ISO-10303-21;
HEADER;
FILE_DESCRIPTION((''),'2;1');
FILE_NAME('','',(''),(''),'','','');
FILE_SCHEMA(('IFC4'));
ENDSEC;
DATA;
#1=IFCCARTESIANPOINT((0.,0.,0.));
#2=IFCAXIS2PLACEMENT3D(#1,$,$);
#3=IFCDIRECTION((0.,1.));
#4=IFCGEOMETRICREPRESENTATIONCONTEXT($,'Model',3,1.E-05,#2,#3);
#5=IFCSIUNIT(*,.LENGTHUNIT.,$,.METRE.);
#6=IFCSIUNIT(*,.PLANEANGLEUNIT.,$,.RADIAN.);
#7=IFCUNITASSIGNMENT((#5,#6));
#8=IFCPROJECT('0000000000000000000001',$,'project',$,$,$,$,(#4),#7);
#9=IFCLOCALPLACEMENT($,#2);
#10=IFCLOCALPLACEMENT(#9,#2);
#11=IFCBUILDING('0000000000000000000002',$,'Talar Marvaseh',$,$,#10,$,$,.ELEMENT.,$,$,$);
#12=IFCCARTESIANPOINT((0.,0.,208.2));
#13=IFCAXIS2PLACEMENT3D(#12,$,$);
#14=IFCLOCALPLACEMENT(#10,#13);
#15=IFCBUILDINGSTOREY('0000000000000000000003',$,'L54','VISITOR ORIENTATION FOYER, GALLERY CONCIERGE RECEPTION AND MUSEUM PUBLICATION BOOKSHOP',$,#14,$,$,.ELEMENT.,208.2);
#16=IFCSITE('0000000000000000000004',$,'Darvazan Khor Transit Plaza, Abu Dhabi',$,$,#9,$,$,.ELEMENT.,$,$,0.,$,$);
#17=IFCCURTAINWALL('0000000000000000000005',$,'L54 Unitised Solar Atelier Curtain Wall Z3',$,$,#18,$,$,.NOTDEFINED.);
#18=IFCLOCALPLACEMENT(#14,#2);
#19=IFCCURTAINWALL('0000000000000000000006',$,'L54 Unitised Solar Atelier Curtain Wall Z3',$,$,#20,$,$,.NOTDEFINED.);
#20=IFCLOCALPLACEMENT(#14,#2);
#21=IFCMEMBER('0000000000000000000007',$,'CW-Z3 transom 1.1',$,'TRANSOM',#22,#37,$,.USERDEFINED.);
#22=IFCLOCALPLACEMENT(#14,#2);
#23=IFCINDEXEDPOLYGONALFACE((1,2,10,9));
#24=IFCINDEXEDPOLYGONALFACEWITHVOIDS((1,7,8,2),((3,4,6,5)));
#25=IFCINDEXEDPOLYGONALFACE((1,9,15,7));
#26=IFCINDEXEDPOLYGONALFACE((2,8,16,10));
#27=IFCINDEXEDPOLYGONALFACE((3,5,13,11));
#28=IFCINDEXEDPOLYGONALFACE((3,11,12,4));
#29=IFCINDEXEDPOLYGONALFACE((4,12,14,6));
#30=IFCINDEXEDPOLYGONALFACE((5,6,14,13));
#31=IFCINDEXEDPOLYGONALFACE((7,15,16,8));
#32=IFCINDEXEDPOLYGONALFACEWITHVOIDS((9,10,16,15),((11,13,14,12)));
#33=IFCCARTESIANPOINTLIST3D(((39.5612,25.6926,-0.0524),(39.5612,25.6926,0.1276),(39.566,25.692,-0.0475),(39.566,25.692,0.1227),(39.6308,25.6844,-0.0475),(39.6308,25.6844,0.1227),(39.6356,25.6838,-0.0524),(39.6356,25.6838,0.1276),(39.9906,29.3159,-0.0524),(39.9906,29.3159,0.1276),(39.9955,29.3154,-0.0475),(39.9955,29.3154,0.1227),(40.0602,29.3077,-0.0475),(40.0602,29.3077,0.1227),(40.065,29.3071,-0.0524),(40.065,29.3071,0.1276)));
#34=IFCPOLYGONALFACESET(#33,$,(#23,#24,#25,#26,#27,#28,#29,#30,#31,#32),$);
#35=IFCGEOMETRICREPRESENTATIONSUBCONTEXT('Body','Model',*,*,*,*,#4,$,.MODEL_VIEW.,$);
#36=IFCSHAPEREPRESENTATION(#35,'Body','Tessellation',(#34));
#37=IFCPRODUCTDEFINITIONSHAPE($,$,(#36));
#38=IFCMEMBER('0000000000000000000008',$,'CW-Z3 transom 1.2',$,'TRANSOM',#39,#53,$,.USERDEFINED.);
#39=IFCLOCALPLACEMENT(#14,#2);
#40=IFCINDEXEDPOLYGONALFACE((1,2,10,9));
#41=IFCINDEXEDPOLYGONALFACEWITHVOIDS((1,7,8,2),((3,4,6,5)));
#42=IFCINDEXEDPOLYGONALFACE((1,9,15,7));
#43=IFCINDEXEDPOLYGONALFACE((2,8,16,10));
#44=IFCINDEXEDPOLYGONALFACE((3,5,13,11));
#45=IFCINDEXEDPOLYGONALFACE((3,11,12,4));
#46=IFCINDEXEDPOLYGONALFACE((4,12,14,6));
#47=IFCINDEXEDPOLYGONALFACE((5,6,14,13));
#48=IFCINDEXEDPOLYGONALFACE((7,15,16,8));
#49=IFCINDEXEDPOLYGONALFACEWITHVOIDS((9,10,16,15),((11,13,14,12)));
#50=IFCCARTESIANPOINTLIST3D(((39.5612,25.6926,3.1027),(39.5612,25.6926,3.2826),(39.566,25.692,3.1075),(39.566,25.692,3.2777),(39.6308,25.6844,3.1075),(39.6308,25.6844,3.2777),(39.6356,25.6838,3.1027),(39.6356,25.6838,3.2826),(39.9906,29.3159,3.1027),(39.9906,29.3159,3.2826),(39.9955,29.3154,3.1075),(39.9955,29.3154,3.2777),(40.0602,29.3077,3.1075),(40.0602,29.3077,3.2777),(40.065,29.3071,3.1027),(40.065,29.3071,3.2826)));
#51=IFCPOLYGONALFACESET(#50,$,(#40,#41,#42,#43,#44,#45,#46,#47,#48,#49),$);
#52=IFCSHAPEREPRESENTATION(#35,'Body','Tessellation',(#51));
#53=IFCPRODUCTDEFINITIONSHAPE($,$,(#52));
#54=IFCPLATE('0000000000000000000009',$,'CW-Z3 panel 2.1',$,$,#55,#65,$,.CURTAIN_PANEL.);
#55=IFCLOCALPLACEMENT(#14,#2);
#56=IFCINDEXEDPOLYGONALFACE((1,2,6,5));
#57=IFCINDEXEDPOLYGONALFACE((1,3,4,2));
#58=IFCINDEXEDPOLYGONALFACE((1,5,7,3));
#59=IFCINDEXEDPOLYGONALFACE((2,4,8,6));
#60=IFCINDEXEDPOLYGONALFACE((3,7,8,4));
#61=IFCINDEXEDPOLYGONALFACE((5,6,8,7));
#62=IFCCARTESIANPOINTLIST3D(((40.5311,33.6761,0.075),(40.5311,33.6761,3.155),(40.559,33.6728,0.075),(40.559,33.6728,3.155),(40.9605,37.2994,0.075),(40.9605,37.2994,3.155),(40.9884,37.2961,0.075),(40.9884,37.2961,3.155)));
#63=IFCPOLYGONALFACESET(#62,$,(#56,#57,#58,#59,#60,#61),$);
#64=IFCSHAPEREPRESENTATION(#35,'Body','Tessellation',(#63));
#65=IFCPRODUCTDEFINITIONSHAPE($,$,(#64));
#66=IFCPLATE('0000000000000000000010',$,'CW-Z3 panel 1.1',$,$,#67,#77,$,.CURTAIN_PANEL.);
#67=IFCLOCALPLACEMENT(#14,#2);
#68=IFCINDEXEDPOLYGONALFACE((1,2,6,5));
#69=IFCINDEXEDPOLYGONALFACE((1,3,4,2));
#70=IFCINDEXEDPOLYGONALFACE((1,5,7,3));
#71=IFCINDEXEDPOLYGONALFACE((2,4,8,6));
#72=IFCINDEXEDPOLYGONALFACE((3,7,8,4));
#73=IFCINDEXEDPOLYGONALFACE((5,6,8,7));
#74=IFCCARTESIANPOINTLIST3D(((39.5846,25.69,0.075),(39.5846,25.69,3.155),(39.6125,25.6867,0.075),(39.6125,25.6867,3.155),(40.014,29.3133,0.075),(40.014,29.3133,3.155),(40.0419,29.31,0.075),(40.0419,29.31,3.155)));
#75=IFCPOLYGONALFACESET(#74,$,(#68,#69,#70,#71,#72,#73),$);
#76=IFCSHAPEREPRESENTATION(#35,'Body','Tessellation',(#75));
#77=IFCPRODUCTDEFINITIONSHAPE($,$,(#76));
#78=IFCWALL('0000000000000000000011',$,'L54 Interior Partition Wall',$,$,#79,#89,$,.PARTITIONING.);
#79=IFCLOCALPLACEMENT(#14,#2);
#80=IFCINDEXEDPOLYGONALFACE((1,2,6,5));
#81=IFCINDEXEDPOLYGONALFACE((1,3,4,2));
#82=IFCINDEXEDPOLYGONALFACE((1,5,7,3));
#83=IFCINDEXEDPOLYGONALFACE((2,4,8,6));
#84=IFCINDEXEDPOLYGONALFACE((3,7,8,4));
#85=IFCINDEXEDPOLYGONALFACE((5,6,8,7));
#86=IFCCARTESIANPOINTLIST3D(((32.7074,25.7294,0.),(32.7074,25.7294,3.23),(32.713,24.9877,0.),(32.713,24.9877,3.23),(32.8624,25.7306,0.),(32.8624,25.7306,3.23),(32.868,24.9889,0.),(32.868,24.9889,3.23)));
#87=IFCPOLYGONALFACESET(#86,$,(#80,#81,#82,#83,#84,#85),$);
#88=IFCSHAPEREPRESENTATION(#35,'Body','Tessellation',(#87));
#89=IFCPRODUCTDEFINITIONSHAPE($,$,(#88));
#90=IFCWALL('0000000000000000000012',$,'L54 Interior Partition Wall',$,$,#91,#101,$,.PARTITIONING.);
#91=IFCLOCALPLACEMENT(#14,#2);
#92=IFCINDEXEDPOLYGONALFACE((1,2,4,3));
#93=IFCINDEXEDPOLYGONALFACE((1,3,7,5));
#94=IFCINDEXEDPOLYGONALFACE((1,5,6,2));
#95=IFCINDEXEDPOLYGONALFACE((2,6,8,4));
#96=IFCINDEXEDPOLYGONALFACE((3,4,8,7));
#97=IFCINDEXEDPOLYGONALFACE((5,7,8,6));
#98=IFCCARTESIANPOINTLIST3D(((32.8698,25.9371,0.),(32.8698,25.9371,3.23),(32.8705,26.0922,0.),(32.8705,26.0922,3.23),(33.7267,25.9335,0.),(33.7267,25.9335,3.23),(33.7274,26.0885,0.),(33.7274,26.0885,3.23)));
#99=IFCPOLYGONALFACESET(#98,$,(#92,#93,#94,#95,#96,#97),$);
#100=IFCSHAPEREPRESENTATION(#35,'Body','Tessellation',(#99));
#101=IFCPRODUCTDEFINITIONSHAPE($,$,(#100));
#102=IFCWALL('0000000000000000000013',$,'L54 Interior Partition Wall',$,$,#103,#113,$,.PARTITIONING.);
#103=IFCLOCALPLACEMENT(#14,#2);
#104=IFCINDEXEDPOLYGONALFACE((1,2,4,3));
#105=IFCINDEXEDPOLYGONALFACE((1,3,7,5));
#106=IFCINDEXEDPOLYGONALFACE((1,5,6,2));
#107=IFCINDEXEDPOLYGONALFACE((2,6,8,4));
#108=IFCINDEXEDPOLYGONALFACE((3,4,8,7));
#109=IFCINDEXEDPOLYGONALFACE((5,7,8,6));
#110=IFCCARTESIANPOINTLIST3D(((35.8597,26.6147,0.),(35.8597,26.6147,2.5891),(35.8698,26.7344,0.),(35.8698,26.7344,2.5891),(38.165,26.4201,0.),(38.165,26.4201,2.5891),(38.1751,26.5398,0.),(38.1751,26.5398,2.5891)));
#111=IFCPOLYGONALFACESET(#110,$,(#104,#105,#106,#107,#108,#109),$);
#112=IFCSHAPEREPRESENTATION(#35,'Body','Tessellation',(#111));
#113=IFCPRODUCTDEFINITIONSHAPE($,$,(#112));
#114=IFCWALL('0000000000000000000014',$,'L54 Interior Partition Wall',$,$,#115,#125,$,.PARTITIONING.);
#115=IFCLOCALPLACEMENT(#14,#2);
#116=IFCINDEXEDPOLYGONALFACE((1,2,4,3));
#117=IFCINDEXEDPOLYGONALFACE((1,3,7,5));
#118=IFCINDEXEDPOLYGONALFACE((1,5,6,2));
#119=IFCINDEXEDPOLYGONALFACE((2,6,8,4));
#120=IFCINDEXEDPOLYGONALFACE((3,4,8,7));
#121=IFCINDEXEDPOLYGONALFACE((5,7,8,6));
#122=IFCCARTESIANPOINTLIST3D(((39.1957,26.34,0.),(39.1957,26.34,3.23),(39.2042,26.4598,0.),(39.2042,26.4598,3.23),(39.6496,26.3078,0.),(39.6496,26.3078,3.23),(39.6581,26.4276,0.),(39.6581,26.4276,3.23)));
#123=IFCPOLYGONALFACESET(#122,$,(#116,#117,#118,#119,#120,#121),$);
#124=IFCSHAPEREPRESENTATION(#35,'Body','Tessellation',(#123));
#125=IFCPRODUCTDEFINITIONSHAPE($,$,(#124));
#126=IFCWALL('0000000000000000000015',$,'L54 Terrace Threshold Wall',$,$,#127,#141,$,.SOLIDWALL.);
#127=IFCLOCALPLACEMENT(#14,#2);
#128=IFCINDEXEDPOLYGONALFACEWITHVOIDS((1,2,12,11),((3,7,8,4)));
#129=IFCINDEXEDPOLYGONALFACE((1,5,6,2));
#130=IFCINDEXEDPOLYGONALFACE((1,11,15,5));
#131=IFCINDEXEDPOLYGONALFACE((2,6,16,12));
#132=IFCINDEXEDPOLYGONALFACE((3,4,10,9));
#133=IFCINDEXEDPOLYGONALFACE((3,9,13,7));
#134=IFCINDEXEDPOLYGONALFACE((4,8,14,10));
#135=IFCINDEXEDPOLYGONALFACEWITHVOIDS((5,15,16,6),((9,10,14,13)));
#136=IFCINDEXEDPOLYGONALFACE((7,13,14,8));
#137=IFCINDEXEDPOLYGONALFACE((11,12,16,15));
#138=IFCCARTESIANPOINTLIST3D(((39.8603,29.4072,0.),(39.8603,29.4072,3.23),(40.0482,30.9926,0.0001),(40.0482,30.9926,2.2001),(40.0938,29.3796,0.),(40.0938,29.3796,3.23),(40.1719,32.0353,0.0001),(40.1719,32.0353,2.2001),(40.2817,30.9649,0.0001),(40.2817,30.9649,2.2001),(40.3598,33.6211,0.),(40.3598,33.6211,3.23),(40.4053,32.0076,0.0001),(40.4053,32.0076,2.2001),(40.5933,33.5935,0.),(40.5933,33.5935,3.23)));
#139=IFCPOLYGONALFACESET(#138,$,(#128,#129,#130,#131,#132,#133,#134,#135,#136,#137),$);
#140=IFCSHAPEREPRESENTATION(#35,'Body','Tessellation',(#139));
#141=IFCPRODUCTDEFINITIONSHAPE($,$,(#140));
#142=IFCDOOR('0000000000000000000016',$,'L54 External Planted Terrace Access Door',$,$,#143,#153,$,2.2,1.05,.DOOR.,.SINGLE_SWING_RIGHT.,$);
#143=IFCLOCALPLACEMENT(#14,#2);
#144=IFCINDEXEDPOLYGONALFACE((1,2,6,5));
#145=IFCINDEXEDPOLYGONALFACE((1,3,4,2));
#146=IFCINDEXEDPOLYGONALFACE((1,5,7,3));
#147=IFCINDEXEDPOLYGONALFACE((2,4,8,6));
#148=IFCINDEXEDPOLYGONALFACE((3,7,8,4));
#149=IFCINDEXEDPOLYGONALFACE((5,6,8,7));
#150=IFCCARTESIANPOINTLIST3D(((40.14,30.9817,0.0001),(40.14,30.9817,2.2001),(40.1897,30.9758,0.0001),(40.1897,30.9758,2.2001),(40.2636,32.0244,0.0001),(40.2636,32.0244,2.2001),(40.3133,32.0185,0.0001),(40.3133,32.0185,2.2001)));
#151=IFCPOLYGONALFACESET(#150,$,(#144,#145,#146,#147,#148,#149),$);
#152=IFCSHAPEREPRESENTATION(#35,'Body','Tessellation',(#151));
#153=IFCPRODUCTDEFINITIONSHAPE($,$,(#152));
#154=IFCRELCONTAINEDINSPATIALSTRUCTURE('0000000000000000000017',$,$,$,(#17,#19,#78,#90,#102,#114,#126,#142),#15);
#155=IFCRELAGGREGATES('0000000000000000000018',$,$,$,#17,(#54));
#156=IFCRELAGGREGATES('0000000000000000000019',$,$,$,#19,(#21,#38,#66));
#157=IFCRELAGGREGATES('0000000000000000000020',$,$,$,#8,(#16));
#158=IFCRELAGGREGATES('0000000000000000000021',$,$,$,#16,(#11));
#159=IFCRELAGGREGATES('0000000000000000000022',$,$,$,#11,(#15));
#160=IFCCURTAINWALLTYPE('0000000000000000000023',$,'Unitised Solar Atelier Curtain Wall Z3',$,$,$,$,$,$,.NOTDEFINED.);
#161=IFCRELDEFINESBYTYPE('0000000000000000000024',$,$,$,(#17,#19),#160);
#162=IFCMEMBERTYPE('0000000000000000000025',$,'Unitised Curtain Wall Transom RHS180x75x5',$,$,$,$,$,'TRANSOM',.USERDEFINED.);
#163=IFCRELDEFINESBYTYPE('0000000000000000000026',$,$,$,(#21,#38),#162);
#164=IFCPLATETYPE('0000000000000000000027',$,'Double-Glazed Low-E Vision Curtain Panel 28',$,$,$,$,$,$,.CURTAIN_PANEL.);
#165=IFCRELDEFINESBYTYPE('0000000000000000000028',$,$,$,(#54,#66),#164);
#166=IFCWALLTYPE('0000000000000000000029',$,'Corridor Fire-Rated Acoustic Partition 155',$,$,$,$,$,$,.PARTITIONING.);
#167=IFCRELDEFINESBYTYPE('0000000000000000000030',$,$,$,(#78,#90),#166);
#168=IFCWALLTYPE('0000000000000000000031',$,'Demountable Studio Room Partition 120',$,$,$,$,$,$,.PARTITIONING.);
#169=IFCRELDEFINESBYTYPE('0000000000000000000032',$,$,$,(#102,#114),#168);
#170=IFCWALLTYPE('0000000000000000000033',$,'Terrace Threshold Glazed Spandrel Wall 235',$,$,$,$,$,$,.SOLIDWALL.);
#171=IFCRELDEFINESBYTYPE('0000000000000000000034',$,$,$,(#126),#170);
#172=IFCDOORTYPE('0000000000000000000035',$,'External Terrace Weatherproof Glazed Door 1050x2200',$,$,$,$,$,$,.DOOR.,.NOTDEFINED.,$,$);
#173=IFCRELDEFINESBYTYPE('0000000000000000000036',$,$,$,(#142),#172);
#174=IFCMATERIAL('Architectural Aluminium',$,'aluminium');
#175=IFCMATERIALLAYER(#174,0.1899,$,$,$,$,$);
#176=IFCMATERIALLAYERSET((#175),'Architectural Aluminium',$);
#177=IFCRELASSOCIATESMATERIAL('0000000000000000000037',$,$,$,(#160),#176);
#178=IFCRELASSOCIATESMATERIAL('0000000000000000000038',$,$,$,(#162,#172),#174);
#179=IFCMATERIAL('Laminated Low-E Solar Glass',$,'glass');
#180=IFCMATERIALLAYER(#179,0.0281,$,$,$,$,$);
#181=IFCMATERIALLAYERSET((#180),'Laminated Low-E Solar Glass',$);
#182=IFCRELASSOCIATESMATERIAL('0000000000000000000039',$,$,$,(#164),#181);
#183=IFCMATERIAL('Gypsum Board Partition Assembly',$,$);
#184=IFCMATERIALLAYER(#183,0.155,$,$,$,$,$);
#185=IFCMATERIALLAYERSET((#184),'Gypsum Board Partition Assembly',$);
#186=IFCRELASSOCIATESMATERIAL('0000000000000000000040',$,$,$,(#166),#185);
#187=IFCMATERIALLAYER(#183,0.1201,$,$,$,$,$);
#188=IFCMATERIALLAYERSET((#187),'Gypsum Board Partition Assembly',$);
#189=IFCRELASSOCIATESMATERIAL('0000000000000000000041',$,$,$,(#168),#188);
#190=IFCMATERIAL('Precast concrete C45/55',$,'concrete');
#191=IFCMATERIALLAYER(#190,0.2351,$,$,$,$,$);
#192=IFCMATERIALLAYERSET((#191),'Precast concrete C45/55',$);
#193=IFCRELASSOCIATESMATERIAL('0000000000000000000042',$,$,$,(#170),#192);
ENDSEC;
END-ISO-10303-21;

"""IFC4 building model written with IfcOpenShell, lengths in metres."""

from ifc_helpers import new_model, si_unit, direction, frame, frame_2d, origin, origin_2d, place, context, subcontext, project, spatial, rectangle, hollow_rectangle, extrude, source, transform, mapped, material, layer, layer_set, material_profile, profile_set, type_object, type_shapes, element, fill, aggregate, save


model = new_model("IFC4")

# Units and contexts
model_context = context("Model", 3, precision=1e-05, world=origin(), true_north=direction((0.0, 1.0)))
body_context = subcontext(model_context, "Body", "Model", "MODEL_VIEW")
ifc_project = project(units=[si_unit("LENGTHUNIT", "METRE"), si_unit("PLANEANGLEUNIT", "RADIAN")], contexts=[model_context])

# Site, building, storey
site_placement = place(None, origin())
site = spatial("IfcSite", under=ifc_project, at=site_placement, Name="Darvazan Khor Transit Plaza, Abu Dhabi", CompositionType="ELEMENT", RefElevation=0.0)
building_placement = place(site_placement, origin())
building = spatial("IfcBuilding", under=site, at=building_placement, Name="Talar Marvaseh", CompositionType="ELEMENT")
storey_placement = place(building_placement, frame((0.0, 0.0, 208.2)))
storey = spatial("IfcBuildingStorey", under=building, at=storey_placement, Name="L54", Description="VISITOR ORIENTATION FOYER, GALLERY CONCIERGE RECEPTION AND MUSEUM PUBLICATION BOOKSHOP", CompositionType="ELEMENT", Elevation=208.2)

# Curtain wall
ifc_material_1 = material(Name="Architectural Aluminium", Category="aluminium")
ifc_layer_1 = layer(ifc_material_1, 0.1899)
ifc_layer_set_1 = layer_set([ifc_layer_1], Name="Architectural Aluminium")
curtain_wall_type = type_object("IfcCurtainWallType", Name="Unitised Solar Atelier Curtain Wall Z3", PredefinedType="NOTDEFINED", material=ifc_layer_set_1)
curtain_wall_1_placement = place(storey_placement, origin())
curtain_wall_1 = element("IfcCurtainWall", 1, at=curtain_wall_1_placement, inside=storey, type_object=curtain_wall_type, Name="L54 Unitised Solar Atelier Curtain Wall Z3", PredefinedType="NOTDEFINED")

# Curtain wall, members
curtain_wall_2_placement = place(storey_placement, origin())
curtain_wall_2 = element("IfcCurtainWall", 2, at=curtain_wall_2_placement, inside=storey, type_object=curtain_wall_type, Name="L54 Unitised Solar Atelier Curtain Wall Z3", PredefinedType="NOTDEFINED")
ifc_material_profile_1 = material_profile(ifc_material_1, hollow_rectangle(XDim=0.075, YDim=0.1799, WallThickness=0.0049, at=origin_2d()), Name="RHS180x75x5")
ifc_profile_set_1 = profile_set([ifc_material_profile_1], Name="Architectural Aluminium")
member_type_1 = type_object("IfcMemberType", Name="Unitised Curtain Wall Transom RHS180x75x5", ElementType="TRANSOM", PredefinedType="USERDEFINED", material=ifc_profile_set_1)
shared_shape_1 = source(origin(), body_context, "Body", "SweptSolid", [
    extrude(hollow_rectangle(XDim=0.075, YDim=0.1799, WallThickness=0.0049, at=origin_2d()), origin(), (0.0, 0.0, 1.0), 3.6487),
])
type_shapes(member_type_1, [shared_shape_1])
member_1_placement = place(storey_placement, frame((40.0278, 29.3115, 0.0376), z_axis=(-0.117699, -0.993049, 0.0), x_axis=(0.993049, -0.117699, 0.0)))
member_1 = element("IfcMember", 3, at=member_1_placement, type_object=member_type_1, Name="CW-Z3 transom 1.1", ObjectType="TRANSOM", PredefinedType="USERDEFINED", context=body_context, shape_type="MappedRepresentation", body=[
    mapped(shared_shape_1, transform((0.0, 0.0, 0.0), x_axis=(1.0, 0.0, 0.0), y_axis=(0.0, 1.0, 0.0), z_axis=(0.0, 0.0, 1.0), scale=1.0)),
])
member_2_placement = place(storey_placement, frame((40.0278, 29.3115, 3.1926), z_axis=(-0.117699, -0.993049, 0.0), x_axis=(0.993049, -0.117699, 0.0)))
member_2 = element("IfcMember", 4, at=member_2_placement, type_object=member_type_1, Name="CW-Z3 transom 1.2", ObjectType="TRANSOM", PredefinedType="USERDEFINED", context=body_context, shape_type="MappedRepresentation", body=[
    mapped(shared_shape_1, transform((0.0, 0.0, 0.0), x_axis=(1.0, 0.0, 0.0), y_axis=(0.0, 1.0, 0.0), z_axis=(0.0, 0.0, 1.0), scale=1.0)),
])

# Plates
ifc_material_2 = material(Name="Laminated Low-E Solar Glass", Category="glass")
ifc_layer_2 = layer(ifc_material_2, 0.0281)
ifc_layer_set_2 = layer_set([ifc_layer_2], Name="Laminated Low-E Solar Glass")
plate_type = type_object("IfcPlateType", Name="Double-Glazed Low-E Vision Curtain Panel 28", PredefinedType="CURTAIN_PANEL", material=ifc_layer_set_2)
shared_shape_2 = source(origin(), body_context, "Body", "SweptSolid", [
    extrude(rectangle(XDim=3.6487, YDim=0.0281, at=origin_2d()), origin(), (0.0, 0.0, 1.0), 3.0801),
])
type_shapes(plate_type, [shared_shape_2])
plate_1_placement = place(storey_placement, frame((40.7598, 35.4861, 0.075), z_axis=(0.0, 0.0, 1.0), x_axis=(-0.117689, -0.993051, 0.0)))
plate_1 = element("IfcPlate", 5, at=plate_1_placement, type_object=plate_type, Name="CW-Z3 panel 2.1", PredefinedType="CURTAIN_PANEL", context=body_context, shape_type="MappedRepresentation", body=[
    mapped(shared_shape_2, transform((0.0, 0.0, 0.0), x_axis=(1.0, 0.0, 0.0), y_axis=(0.0, 1.0, 0.0), z_axis=(0.0, 0.0, 1.0), scale=1.0)),
])
aggregate(curtain_wall_1, [plate_1])
plate_2_placement = place(storey_placement, frame((39.8132, 27.5, 0.075), z_axis=(0.0, 0.0, 1.0), x_axis=(-0.117689, -0.993051, 0.0)))
plate_2 = element("IfcPlate", 6, at=plate_2_placement, type_object=plate_type, Name="CW-Z3 panel 1.1", PredefinedType="CURTAIN_PANEL", context=body_context, shape_type="MappedRepresentation", body=[
    mapped(shared_shape_2, transform((0.0, 0.0, 0.0), x_axis=(1.0, 0.0, 0.0), y_axis=(0.0, 1.0, 0.0), z_axis=(0.0, 0.0, 1.0), scale=1.0)),
])
aggregate(curtain_wall_2, [member_1, member_2, plate_2])

# Walls
ifc_material_3 = material(Name="Gypsum Board Partition Assembly")
ifc_layer_3 = layer(ifc_material_3, 0.155)
ifc_layer_set_3 = layer_set([ifc_layer_3], Name="Gypsum Board Partition Assembly")
wall_type_1 = type_object("IfcWallType", Name="Corridor Fire-Rated Acoustic Partition 155", PredefinedType="PARTITIONING", material=ifc_layer_set_3)
wall_1_placement = place(storey_placement, frame((32.7849, 25.73, 0.0), z_axis=(0.0, 0.0, 1.0), x_axis=(0.007571, -0.999971, 0.0)))
element("IfcWall", 7, at=wall_1_placement, inside=storey, type_object=wall_type_1, Name="L54 Interior Partition Wall", PredefinedType="PARTITIONING", context=body_context, shape_type="SweptSolid", body=[
    extrude(rectangle(XDim=0.7417, YDim=0.155, at=frame_2d((0.3708, 0.0))), origin(), (0.0, 0.0, 1.0), 3.23),
])
wall_2_placement = place(storey_placement, frame((33.7271, 26.011, 0.0), z_axis=(0.0, 0.0, 1.0), x_axis=(-0.999991, 0.004273, 0.0)))
element("IfcWall", 8, at=wall_2_placement, inside=storey, type_object=wall_type_1, Name="L54 Interior Partition Wall", PredefinedType="PARTITIONING", context=body_context, shape_type="SweptSolid", body=[
    extrude(rectangle(XDim=0.8569, YDim=0.155, at=frame_2d((0.4285, 0.0))), origin(), (0.0, 0.0, 1.0), 3.23),
])
ifc_layer_4 = layer(ifc_material_3, 0.1201)
ifc_layer_set_4 = layer_set([ifc_layer_4], Name="Gypsum Board Partition Assembly")
wall_type_2 = type_object("IfcWallType", Name="Demountable Studio Room Partition 120", PredefinedType="PARTITIONING", material=ifc_layer_set_4)
wall_3_placement = place(storey_placement, frame((35.8647, 26.6746, 0.0), z_axis=(0.0, 0.0, 1.0), x_axis=(0.996456, -0.084111, 0.0)))
element("IfcWall", 9, at=wall_3_placement, inside=storey, type_object=wall_type_2, Name="L54 Interior Partition Wall", PredefinedType="PARTITIONING", context=body_context, shape_type="SweptSolid", body=[
    extrude(rectangle(XDim=2.3135, YDim=0.1201, at=frame_2d((1.1567, 0.0))), origin(), (0.0, 0.0, 1.0), 2.5891),
])
wall_4_placement = place(storey_placement, frame((39.2, 26.3999, 0.0), z_axis=(0.0, 0.0, 1.0), x_axis=(0.997489, -0.070828, 0.0)))
element("IfcWall", 10, at=wall_4_placement, inside=storey, type_object=wall_type_2, Name="L54 Interior Partition Wall", PredefinedType="PARTITIONING", context=body_context, shape_type="SweptSolid", body=[
    extrude(rectangle(XDim=0.4551, YDim=0.1201, at=frame_2d((0.2275, 0.0))), origin(), (0.0, 0.0, 1.0), 3.23),
])

# Wall, opening, door
ifc_material_4 = material(Name="Precast concrete C45/55", Category="concrete")
ifc_layer_5 = layer(ifc_material_4, 0.2351)
ifc_layer_set_5 = layer_set([ifc_layer_5], Name="Precast concrete C45/55")
wall_type_3 = type_object("IfcWallType", Name="Terrace Threshold Glazed Spandrel Wall 235", PredefinedType="SOLIDWALL", material=ifc_layer_set_5)
wall_5_placement = place(storey_placement, frame((40.4766, 33.6072, 0.0), z_axis=(0.0, 0.0, 1.0), x_axis=(-0.117716, -0.993047, 0.0)))
wall_5 = element("IfcWall", 11, at=wall_5_placement, inside=storey, type_object=wall_type_3, Name="L54 Terrace Threshold Wall", PredefinedType="SOLIDWALL", context=body_context, shape_type="SweptSolid", body=[
    extrude(rectangle(XDim=4.2434, YDim=0.2351, at=frame_2d((2.1216, 0.0))), origin(), (0.0, 0.0, 1.0), 3.23),
])
opening_1_placement = place(wall_5_placement, frame((1.5969, 0.0, 0.0)))
opening_1 = element("IfcOpeningElement", 12, at=opening_1_placement, cuts=wall_5, PredefinedType="OPENING", context=body_context, shape_type="SweptSolid", body=[
    extrude(rectangle(XDim=1.05, YDim=2.2, at=frame_2d((0.5249, 1.1001))), frame((0.0, 0.1274, 0.0), z_axis=(0.0, -1.0, 0.0), x_axis=(1.0, 0.0, 0.0)), (0.0, 0.0, 1.0), 0.2551),
])
door_type_1 = type_object("IfcDoorType", Name="External Terrace Weatherproof Glazed Door 1050x2200", OperationType="NOTDEFINED", PredefinedType="DOOR", material=ifc_material_1)
shared_shape_3 = source(origin(), body_context, "Body", "SweptSolid", [
    extrude(rectangle(XDim=1.05, YDim=2.2, at=frame_2d((0.5249, 1.1001))), frame((0.0, 0.0249, 0.0), z_axis=(0.0, -1.0, 0.0), x_axis=(1.0, 0.0, 0.0)), (0.0, 0.0, 1.0), 0.05),
])
type_shapes(door_type_1, [shared_shape_3])
door_1_placement = place(opening_1_placement, origin())
door_1 = element("IfcDoor", 13, at=door_1_placement, inside=storey, type_object=door_type_1, Name="L54 External Planted Terrace Access Door", OperationType="SINGLE_SWING_RIGHT", OverallHeight=2.2, OverallWidth=1.05, PredefinedType="DOOR", context=body_context, shape_type="MappedRepresentation", body=[
    mapped(shared_shape_3, transform((0.0, 0.0, 0.0), x_axis=(1.0, 0.0, 0.0), y_axis=(0.0, 1.0, 0.0), z_axis=(0.0, 0.0, 1.0), scale=1.0)),
])
fill(opening_1, door_1)

save(model, "model.ifc")
